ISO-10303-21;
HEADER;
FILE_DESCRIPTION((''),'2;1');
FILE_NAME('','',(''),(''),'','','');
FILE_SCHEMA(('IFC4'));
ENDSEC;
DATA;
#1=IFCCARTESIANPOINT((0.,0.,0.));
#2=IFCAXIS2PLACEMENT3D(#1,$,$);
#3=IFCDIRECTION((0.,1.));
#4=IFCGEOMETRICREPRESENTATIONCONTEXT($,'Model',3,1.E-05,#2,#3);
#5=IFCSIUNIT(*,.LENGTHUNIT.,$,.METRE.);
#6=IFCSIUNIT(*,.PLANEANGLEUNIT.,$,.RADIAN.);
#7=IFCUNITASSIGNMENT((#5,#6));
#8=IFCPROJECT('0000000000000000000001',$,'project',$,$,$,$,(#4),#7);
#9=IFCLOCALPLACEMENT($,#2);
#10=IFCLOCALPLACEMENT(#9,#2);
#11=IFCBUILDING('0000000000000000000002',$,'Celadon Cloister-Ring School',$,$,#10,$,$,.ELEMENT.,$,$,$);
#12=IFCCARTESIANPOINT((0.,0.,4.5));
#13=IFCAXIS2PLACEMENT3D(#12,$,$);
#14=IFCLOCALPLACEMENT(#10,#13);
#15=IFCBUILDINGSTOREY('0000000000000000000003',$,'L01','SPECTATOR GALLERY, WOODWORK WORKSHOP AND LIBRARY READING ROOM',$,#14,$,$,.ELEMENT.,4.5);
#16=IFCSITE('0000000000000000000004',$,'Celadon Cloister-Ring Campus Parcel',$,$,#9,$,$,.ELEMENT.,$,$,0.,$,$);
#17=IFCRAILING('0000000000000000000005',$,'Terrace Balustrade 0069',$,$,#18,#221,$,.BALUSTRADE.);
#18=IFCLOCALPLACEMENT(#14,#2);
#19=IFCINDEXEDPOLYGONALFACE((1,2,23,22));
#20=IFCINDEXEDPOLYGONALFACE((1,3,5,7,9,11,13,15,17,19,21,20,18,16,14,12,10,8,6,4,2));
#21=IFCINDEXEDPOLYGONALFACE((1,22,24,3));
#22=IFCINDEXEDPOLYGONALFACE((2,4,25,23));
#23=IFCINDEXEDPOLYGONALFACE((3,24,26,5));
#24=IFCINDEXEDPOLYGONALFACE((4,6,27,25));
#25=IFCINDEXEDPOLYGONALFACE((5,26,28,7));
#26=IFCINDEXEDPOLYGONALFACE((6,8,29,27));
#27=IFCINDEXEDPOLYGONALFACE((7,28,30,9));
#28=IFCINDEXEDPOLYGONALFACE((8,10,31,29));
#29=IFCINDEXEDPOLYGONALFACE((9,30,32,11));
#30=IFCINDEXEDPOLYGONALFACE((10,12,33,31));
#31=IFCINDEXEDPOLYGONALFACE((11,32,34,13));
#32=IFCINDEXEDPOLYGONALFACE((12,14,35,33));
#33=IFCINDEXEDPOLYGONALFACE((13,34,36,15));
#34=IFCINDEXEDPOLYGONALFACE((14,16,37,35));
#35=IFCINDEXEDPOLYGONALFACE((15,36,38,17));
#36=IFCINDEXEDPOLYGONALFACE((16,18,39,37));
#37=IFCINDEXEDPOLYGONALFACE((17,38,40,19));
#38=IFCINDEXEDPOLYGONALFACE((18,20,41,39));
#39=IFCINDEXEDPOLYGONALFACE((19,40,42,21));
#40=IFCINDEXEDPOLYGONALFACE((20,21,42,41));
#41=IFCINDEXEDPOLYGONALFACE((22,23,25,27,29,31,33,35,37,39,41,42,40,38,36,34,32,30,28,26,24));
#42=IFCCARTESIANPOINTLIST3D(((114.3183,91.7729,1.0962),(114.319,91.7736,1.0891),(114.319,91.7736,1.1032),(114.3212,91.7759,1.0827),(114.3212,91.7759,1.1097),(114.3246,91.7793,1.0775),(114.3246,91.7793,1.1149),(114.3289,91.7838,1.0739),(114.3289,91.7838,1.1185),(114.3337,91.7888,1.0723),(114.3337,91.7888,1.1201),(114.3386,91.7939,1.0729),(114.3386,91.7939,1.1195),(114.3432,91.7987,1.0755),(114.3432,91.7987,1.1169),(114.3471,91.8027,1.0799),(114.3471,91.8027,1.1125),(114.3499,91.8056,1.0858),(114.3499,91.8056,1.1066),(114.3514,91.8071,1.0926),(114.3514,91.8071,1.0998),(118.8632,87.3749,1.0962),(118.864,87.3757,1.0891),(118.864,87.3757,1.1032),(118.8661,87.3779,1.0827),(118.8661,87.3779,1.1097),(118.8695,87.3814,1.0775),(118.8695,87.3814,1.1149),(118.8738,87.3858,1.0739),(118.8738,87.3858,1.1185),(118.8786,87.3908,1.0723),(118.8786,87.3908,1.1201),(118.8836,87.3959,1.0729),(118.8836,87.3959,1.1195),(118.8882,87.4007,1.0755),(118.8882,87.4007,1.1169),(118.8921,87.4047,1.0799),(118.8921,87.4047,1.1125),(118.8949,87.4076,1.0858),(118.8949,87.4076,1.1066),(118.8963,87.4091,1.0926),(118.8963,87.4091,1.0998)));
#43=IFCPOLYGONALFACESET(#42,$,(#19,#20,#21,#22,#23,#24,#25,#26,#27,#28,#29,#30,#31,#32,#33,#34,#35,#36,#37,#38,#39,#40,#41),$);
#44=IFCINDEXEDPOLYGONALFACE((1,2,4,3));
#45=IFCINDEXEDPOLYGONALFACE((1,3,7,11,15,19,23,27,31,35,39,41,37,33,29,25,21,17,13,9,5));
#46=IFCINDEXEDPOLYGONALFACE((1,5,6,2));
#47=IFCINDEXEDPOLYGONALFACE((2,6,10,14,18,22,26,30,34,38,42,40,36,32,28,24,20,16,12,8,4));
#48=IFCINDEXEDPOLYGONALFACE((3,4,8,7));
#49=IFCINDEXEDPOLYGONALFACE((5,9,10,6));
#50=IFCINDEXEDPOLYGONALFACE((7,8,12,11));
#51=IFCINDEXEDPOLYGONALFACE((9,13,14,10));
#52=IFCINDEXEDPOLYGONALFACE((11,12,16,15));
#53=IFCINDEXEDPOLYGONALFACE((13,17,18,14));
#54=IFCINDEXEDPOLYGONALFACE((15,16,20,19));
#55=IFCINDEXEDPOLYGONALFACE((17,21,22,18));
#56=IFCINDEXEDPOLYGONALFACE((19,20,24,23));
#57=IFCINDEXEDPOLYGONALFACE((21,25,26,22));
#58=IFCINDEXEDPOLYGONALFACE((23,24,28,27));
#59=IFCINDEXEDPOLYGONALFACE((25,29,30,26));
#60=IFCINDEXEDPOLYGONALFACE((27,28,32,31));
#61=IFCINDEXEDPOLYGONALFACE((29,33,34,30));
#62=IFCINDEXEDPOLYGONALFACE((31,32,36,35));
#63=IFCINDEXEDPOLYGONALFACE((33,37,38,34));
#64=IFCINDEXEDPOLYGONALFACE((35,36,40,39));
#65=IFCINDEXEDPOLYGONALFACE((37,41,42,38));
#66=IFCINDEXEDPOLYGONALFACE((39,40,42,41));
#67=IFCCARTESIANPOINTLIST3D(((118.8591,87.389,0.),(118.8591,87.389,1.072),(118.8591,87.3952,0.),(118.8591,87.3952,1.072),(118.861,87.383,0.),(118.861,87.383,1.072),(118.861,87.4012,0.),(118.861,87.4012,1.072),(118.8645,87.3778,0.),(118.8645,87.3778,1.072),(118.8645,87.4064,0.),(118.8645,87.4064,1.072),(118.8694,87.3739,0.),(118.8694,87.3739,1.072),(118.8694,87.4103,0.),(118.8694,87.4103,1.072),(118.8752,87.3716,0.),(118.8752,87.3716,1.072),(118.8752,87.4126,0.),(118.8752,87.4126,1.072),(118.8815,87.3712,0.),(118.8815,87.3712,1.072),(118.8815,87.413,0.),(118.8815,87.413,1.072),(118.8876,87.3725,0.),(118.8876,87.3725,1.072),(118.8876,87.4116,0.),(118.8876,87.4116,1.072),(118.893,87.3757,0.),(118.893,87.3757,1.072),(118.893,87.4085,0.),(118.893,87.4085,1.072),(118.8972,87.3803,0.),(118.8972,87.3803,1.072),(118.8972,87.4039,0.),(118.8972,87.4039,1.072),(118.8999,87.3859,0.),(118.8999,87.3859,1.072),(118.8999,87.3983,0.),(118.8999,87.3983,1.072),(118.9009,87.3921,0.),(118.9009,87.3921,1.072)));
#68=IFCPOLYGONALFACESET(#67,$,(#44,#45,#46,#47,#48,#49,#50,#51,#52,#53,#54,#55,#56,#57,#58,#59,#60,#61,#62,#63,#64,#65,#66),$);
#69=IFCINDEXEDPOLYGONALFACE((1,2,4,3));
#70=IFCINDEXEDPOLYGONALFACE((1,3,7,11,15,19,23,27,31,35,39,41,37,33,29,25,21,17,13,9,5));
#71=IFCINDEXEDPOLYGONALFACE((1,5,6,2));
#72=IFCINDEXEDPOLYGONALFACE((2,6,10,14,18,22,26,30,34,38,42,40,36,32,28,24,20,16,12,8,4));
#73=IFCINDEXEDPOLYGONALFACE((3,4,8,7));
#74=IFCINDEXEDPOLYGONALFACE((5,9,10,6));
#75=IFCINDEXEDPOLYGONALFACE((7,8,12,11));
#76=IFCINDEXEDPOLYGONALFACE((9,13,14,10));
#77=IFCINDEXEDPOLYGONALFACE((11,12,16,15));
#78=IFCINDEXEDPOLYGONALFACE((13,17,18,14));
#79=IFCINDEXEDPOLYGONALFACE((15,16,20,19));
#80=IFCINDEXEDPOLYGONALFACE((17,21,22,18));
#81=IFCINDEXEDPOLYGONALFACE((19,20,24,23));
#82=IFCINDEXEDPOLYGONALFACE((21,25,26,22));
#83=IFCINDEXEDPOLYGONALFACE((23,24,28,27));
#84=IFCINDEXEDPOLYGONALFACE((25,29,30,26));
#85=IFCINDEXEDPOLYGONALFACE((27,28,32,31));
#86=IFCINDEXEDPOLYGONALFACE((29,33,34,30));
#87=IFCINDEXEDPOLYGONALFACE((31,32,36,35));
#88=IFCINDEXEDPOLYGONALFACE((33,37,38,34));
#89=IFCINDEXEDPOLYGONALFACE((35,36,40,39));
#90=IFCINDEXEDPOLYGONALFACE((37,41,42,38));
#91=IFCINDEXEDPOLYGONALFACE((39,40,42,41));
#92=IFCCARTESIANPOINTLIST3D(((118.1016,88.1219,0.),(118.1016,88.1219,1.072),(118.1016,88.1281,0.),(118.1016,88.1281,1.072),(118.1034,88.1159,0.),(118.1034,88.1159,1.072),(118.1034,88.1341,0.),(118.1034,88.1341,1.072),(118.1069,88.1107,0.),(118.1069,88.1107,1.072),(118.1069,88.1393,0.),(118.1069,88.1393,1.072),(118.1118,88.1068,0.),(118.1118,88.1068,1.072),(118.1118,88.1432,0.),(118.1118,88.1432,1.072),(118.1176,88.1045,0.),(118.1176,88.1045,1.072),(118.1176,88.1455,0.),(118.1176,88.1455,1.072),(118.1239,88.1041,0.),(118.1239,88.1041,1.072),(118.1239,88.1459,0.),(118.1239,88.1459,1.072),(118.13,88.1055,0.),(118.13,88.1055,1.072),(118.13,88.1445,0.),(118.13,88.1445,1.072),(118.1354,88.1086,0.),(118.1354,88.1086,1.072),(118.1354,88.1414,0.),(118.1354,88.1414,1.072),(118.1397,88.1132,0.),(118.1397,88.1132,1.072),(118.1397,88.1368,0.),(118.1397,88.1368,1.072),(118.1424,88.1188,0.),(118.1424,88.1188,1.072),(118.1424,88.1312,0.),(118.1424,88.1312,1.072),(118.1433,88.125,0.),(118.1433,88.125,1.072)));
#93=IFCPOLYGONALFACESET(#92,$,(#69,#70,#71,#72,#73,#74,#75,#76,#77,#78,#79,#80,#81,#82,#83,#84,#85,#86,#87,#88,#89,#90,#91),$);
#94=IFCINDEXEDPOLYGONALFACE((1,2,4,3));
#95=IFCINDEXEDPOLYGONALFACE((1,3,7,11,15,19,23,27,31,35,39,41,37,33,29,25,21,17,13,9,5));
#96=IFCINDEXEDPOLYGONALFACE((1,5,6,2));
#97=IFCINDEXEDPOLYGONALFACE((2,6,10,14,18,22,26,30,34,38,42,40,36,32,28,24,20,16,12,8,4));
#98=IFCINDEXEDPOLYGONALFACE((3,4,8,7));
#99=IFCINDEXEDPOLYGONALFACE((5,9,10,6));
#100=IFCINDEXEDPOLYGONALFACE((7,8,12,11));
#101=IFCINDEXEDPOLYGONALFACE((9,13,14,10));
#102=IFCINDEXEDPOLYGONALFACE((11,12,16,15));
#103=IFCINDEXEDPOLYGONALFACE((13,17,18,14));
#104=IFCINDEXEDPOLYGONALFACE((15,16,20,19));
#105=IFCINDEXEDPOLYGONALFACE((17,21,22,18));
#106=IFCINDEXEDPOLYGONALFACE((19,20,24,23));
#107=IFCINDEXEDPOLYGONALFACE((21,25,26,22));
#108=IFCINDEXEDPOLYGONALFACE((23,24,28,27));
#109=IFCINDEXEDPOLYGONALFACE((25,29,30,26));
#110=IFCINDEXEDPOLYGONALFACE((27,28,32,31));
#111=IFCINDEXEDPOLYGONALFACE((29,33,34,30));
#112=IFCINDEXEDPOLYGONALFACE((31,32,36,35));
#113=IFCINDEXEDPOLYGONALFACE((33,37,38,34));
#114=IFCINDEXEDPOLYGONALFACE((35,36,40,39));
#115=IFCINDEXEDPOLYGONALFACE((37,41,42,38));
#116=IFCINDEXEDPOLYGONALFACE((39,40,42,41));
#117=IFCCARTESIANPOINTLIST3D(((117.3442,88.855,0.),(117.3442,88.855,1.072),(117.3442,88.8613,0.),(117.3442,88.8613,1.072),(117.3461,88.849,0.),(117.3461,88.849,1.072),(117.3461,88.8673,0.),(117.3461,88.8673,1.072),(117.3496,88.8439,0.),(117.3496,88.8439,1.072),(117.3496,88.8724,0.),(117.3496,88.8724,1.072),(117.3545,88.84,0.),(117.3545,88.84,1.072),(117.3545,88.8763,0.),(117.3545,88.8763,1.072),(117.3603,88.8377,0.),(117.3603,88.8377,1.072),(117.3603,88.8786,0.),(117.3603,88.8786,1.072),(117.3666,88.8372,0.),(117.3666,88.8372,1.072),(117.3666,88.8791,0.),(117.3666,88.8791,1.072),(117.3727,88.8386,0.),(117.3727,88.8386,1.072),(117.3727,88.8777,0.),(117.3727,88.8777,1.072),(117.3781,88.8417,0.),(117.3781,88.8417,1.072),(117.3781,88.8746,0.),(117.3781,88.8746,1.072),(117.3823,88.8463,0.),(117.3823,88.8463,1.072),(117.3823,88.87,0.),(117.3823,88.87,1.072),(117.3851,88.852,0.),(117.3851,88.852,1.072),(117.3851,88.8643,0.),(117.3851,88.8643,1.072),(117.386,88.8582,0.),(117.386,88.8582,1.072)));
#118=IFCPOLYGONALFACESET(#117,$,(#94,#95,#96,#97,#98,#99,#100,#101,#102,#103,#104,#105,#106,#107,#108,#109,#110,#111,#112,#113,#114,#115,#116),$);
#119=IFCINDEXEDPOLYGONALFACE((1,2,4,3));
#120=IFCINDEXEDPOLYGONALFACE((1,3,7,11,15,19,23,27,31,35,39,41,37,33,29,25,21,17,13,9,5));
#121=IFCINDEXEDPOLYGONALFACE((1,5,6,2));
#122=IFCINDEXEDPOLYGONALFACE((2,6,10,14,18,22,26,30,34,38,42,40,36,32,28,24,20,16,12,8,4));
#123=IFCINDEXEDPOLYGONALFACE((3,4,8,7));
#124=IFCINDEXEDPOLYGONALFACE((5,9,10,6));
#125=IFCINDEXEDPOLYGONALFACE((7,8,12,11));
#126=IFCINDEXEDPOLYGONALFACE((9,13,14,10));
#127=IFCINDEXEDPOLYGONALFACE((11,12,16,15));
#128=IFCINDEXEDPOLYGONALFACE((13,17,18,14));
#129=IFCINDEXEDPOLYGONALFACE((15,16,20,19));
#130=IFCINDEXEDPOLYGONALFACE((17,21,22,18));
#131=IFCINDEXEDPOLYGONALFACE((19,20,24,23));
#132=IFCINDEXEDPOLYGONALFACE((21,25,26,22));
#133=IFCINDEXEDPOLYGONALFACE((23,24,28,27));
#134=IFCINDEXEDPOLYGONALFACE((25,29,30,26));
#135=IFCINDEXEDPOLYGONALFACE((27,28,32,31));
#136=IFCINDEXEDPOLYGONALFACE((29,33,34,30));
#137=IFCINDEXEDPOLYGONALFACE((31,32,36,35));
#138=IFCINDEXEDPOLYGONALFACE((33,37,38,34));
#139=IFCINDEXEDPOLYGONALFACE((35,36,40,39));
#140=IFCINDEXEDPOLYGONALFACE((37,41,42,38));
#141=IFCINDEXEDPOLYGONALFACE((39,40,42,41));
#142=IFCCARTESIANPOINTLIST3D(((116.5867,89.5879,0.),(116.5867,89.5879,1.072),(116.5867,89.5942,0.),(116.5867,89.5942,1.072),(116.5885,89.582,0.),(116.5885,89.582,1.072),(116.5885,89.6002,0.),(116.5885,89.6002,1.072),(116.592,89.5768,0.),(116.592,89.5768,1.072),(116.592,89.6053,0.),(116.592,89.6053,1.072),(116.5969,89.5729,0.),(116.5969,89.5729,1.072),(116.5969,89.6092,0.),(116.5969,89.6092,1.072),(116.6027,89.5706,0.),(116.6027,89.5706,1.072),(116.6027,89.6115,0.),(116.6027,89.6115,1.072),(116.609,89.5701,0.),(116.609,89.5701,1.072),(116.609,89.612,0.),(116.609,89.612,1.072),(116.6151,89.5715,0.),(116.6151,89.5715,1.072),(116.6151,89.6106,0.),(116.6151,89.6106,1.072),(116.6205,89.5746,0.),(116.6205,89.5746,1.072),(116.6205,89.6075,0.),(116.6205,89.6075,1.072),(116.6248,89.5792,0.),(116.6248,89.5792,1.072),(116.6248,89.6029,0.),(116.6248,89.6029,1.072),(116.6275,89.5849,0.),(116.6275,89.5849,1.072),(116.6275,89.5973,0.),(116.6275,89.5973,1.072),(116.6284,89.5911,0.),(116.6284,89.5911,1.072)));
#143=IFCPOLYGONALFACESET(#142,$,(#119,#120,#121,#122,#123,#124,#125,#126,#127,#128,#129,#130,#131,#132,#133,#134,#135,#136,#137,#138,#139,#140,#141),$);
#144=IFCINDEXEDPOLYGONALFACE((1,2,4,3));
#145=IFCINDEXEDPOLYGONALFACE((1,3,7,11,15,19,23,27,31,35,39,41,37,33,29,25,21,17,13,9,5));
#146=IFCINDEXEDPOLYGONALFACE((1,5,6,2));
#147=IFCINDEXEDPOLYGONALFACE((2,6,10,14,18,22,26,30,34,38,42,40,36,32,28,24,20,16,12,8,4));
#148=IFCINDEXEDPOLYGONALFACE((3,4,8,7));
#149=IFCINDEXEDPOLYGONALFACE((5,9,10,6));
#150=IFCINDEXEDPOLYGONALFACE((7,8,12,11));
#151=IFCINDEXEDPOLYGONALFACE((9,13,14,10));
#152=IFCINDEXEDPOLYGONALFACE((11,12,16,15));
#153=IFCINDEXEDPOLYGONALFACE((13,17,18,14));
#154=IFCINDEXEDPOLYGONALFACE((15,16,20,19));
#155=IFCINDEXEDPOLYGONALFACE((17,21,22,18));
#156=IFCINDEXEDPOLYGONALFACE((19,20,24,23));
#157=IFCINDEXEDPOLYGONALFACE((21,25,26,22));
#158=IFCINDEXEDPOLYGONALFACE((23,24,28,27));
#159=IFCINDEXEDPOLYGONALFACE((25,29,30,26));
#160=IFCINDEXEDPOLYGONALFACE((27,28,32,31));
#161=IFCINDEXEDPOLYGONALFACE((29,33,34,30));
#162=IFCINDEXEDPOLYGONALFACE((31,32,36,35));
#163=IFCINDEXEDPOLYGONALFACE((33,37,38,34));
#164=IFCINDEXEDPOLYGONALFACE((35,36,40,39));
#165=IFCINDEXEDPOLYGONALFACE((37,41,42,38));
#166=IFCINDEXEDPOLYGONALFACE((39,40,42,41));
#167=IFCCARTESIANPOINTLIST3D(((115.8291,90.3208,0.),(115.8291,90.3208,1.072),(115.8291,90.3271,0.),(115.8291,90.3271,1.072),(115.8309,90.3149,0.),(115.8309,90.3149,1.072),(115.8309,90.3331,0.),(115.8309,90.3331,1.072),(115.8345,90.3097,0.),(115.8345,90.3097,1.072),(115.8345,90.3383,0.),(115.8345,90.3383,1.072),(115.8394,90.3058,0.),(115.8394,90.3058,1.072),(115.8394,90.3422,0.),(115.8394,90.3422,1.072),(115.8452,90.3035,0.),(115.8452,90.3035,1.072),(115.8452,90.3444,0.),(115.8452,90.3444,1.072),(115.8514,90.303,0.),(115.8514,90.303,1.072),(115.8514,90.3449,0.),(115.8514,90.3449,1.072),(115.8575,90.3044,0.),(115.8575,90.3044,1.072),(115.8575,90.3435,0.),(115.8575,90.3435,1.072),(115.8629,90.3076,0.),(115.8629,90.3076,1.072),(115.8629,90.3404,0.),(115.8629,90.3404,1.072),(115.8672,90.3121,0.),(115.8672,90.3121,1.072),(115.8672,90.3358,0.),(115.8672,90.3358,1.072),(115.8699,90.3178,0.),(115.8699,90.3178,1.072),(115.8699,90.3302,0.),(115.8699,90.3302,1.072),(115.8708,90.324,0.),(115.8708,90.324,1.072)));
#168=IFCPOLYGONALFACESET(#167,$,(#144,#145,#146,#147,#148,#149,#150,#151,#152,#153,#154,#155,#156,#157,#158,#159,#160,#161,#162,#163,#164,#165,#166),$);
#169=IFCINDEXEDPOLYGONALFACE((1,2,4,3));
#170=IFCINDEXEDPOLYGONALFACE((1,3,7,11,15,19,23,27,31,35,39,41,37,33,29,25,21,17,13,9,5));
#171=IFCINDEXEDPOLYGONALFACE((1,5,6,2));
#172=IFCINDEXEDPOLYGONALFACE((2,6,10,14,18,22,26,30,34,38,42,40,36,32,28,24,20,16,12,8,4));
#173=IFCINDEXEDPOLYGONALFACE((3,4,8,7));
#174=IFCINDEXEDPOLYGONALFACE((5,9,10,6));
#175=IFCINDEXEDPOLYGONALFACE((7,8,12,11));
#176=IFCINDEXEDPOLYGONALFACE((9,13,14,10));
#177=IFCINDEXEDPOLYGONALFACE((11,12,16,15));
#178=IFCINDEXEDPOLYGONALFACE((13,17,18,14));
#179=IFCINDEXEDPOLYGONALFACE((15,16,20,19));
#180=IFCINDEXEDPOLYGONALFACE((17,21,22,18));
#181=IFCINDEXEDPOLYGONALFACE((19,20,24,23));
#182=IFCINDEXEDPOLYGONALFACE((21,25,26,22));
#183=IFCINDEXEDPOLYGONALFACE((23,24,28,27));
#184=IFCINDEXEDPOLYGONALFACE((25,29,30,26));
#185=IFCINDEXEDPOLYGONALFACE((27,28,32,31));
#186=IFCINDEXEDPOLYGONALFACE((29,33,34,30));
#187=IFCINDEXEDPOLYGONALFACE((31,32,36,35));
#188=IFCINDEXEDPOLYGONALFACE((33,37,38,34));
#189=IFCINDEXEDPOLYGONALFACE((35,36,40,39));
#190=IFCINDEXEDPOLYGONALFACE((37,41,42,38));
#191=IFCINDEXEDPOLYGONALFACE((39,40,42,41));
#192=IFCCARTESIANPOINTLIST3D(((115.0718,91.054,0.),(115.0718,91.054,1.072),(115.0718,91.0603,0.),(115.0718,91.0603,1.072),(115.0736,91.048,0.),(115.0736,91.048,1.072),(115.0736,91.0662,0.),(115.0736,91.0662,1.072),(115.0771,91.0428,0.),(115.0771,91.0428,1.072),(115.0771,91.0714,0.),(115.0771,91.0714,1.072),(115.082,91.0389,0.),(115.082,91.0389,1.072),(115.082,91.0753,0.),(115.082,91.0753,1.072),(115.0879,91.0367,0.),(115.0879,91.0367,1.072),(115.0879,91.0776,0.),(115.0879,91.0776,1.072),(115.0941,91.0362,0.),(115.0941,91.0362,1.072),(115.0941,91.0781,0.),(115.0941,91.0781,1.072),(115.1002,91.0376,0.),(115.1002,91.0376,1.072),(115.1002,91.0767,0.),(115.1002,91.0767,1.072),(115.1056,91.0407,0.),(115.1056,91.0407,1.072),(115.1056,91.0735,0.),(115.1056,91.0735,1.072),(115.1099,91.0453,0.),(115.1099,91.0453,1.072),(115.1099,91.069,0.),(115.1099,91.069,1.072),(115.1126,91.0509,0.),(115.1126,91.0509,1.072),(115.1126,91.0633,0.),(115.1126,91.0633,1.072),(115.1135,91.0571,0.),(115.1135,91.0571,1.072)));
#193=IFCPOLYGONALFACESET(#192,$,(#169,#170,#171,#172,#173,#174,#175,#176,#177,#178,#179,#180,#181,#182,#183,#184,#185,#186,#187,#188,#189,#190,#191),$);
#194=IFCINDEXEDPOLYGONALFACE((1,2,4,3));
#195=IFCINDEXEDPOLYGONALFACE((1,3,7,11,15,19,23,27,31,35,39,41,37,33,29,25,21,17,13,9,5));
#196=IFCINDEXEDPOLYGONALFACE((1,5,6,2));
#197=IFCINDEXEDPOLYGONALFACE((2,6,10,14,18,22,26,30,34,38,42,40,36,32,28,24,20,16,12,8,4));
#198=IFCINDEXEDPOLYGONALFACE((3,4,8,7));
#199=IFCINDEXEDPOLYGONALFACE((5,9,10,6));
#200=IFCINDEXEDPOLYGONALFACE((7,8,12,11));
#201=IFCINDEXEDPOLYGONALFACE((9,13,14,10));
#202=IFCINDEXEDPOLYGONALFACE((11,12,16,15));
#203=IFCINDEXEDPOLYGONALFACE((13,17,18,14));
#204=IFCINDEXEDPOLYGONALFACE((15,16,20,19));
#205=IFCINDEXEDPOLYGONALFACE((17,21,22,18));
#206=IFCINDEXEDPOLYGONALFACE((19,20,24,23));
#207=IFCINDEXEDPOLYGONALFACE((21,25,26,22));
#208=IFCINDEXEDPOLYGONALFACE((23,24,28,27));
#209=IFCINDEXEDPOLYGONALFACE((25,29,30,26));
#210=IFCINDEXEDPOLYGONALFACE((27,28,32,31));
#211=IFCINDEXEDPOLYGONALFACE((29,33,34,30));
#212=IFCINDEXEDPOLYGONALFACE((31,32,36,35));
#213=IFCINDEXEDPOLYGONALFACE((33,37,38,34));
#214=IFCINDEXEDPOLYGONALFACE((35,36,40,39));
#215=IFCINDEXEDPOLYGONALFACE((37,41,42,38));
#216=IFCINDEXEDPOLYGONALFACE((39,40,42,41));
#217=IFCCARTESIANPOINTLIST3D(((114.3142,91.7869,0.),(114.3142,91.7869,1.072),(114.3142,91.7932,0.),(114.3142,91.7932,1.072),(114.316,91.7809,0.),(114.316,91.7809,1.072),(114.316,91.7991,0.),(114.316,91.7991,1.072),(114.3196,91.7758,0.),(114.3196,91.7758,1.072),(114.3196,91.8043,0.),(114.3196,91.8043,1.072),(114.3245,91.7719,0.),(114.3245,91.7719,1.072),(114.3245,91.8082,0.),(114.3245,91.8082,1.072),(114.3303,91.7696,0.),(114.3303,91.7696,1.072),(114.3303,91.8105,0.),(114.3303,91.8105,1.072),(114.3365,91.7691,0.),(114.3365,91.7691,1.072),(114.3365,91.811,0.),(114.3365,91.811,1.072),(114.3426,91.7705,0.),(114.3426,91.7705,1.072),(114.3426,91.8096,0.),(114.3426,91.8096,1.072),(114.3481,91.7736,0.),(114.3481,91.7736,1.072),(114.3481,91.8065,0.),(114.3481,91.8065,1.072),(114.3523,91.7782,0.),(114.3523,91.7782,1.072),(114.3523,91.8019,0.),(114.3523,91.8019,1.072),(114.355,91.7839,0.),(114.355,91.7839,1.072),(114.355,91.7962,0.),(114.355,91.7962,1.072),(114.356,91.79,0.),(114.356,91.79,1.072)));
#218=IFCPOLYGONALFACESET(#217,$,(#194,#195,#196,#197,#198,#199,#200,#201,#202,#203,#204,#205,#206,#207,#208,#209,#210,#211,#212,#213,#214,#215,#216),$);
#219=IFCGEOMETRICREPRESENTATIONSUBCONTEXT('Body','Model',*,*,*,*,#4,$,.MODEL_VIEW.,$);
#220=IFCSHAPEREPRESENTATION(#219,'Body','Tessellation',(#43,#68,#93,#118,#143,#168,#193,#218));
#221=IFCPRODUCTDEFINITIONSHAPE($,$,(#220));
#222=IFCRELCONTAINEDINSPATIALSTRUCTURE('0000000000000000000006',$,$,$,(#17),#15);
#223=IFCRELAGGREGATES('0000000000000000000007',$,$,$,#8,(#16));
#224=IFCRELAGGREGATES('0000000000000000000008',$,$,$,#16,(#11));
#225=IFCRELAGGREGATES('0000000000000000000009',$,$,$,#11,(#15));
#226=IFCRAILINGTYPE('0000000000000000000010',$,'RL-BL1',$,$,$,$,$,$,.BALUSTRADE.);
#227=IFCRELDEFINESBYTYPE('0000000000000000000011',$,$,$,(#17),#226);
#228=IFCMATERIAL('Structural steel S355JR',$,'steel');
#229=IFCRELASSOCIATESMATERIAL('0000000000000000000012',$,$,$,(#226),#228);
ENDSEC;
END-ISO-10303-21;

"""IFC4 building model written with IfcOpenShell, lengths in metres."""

from ifc_helpers import new_model, si_unit, direction, frame, origin, origin_2d, place, context, subcontext, project, spatial, circle, extrude, material, type_object, element, save


model = new_model("IFC4")

# Units and contexts
model_context = context("Model", 3, precision=1e-05, world=origin(), true_north=direction((0.0, 1.0)))
body_context = subcontext(model_context, "Body", "Model", "MODEL_VIEW")
ifc_project = project(units=[si_unit("LENGTHUNIT", "METRE"), si_unit("PLANEANGLEUNIT", "RADIAN")], contexts=[model_context])

# Site, building, storey
site_placement = place(None, origin())
site = spatial("IfcSite", under=ifc_project, at=site_placement, Name="Celadon Cloister-Ring Campus Parcel", CompositionType="ELEMENT", RefElevation=0.0)
building_placement = place(site_placement, origin())
building = spatial("IfcBuilding", under=site, at=building_placement, Name="Celadon Cloister-Ring School", CompositionType="ELEMENT")
storey_placement = place(building_placement, frame((0.0, 0.0, 4.5)))
storey = spatial("IfcBuildingStorey", under=building, at=storey_placement, Name="L01", Description="SPECTATOR GALLERY, WOODWORK WORKSHOP AND LIBRARY READING ROOM", CompositionType="ELEMENT", Elevation=4.5)

# Railing
ifc_material_1 = material(Name="Structural steel S355JR", Category="steel")
railing_type = type_object("IfcRailingType", Name="RL-BL1", PredefinedType="BALUSTRADE", material=ifc_material_1)
railing_placement = place(storey_placement, frame((118.8799, 87.3921, 0.0)))
element("IfcRailing", 1, at=railing_placement, inside=storey, type_object=railing_type, Name="Terrace Balustrade 0069", PredefinedType="BALUSTRADE", context=body_context, shape_type="SweptSolid", body=[
    extrude(circle(Radius=0.0239, at=origin_2d()), frame((0.0, 0.0, 1.0962), z_axis=(-0.718631, 0.695392, 0.0), x_axis=(-0.695392, -0.718631, 0.0)), (0.0, 0.0, 1.0), 6.3245),
    extrude(circle(Radius=0.021, at=origin_2d()), origin(), (0.0, 0.0, 1.0), 1.072),
    extrude(circle(Radius=0.021, at=origin_2d()), frame((-0.7576, 0.7329, 0.0)), (0.0, 0.0, 1.0), 1.072),
    extrude(circle(Radius=0.021, at=origin_2d()), frame((-1.5149, 1.4661, 0.0)), (0.0, 0.0, 1.0), 1.072),
    extrude(circle(Radius=0.021, at=origin_2d()), frame((-2.2725, 2.199, 0.0)), (0.0, 0.0, 1.0), 1.072),
    extrude(circle(Radius=0.021, at=origin_2d()), frame((-3.03, 2.9319, 0.0)), (0.0, 0.0, 1.0), 1.072),
    extrude(circle(Radius=0.021, at=origin_2d()), frame((-3.7874, 3.665, 0.0)), (0.0, 0.0, 1.0), 1.072),
    extrude(circle(Radius=0.021, at=origin_2d()), frame((-4.5449, 4.3979, 0.0)), (0.0, 0.0, 1.0), 1.072),
])

save(model, "model.ifc")
